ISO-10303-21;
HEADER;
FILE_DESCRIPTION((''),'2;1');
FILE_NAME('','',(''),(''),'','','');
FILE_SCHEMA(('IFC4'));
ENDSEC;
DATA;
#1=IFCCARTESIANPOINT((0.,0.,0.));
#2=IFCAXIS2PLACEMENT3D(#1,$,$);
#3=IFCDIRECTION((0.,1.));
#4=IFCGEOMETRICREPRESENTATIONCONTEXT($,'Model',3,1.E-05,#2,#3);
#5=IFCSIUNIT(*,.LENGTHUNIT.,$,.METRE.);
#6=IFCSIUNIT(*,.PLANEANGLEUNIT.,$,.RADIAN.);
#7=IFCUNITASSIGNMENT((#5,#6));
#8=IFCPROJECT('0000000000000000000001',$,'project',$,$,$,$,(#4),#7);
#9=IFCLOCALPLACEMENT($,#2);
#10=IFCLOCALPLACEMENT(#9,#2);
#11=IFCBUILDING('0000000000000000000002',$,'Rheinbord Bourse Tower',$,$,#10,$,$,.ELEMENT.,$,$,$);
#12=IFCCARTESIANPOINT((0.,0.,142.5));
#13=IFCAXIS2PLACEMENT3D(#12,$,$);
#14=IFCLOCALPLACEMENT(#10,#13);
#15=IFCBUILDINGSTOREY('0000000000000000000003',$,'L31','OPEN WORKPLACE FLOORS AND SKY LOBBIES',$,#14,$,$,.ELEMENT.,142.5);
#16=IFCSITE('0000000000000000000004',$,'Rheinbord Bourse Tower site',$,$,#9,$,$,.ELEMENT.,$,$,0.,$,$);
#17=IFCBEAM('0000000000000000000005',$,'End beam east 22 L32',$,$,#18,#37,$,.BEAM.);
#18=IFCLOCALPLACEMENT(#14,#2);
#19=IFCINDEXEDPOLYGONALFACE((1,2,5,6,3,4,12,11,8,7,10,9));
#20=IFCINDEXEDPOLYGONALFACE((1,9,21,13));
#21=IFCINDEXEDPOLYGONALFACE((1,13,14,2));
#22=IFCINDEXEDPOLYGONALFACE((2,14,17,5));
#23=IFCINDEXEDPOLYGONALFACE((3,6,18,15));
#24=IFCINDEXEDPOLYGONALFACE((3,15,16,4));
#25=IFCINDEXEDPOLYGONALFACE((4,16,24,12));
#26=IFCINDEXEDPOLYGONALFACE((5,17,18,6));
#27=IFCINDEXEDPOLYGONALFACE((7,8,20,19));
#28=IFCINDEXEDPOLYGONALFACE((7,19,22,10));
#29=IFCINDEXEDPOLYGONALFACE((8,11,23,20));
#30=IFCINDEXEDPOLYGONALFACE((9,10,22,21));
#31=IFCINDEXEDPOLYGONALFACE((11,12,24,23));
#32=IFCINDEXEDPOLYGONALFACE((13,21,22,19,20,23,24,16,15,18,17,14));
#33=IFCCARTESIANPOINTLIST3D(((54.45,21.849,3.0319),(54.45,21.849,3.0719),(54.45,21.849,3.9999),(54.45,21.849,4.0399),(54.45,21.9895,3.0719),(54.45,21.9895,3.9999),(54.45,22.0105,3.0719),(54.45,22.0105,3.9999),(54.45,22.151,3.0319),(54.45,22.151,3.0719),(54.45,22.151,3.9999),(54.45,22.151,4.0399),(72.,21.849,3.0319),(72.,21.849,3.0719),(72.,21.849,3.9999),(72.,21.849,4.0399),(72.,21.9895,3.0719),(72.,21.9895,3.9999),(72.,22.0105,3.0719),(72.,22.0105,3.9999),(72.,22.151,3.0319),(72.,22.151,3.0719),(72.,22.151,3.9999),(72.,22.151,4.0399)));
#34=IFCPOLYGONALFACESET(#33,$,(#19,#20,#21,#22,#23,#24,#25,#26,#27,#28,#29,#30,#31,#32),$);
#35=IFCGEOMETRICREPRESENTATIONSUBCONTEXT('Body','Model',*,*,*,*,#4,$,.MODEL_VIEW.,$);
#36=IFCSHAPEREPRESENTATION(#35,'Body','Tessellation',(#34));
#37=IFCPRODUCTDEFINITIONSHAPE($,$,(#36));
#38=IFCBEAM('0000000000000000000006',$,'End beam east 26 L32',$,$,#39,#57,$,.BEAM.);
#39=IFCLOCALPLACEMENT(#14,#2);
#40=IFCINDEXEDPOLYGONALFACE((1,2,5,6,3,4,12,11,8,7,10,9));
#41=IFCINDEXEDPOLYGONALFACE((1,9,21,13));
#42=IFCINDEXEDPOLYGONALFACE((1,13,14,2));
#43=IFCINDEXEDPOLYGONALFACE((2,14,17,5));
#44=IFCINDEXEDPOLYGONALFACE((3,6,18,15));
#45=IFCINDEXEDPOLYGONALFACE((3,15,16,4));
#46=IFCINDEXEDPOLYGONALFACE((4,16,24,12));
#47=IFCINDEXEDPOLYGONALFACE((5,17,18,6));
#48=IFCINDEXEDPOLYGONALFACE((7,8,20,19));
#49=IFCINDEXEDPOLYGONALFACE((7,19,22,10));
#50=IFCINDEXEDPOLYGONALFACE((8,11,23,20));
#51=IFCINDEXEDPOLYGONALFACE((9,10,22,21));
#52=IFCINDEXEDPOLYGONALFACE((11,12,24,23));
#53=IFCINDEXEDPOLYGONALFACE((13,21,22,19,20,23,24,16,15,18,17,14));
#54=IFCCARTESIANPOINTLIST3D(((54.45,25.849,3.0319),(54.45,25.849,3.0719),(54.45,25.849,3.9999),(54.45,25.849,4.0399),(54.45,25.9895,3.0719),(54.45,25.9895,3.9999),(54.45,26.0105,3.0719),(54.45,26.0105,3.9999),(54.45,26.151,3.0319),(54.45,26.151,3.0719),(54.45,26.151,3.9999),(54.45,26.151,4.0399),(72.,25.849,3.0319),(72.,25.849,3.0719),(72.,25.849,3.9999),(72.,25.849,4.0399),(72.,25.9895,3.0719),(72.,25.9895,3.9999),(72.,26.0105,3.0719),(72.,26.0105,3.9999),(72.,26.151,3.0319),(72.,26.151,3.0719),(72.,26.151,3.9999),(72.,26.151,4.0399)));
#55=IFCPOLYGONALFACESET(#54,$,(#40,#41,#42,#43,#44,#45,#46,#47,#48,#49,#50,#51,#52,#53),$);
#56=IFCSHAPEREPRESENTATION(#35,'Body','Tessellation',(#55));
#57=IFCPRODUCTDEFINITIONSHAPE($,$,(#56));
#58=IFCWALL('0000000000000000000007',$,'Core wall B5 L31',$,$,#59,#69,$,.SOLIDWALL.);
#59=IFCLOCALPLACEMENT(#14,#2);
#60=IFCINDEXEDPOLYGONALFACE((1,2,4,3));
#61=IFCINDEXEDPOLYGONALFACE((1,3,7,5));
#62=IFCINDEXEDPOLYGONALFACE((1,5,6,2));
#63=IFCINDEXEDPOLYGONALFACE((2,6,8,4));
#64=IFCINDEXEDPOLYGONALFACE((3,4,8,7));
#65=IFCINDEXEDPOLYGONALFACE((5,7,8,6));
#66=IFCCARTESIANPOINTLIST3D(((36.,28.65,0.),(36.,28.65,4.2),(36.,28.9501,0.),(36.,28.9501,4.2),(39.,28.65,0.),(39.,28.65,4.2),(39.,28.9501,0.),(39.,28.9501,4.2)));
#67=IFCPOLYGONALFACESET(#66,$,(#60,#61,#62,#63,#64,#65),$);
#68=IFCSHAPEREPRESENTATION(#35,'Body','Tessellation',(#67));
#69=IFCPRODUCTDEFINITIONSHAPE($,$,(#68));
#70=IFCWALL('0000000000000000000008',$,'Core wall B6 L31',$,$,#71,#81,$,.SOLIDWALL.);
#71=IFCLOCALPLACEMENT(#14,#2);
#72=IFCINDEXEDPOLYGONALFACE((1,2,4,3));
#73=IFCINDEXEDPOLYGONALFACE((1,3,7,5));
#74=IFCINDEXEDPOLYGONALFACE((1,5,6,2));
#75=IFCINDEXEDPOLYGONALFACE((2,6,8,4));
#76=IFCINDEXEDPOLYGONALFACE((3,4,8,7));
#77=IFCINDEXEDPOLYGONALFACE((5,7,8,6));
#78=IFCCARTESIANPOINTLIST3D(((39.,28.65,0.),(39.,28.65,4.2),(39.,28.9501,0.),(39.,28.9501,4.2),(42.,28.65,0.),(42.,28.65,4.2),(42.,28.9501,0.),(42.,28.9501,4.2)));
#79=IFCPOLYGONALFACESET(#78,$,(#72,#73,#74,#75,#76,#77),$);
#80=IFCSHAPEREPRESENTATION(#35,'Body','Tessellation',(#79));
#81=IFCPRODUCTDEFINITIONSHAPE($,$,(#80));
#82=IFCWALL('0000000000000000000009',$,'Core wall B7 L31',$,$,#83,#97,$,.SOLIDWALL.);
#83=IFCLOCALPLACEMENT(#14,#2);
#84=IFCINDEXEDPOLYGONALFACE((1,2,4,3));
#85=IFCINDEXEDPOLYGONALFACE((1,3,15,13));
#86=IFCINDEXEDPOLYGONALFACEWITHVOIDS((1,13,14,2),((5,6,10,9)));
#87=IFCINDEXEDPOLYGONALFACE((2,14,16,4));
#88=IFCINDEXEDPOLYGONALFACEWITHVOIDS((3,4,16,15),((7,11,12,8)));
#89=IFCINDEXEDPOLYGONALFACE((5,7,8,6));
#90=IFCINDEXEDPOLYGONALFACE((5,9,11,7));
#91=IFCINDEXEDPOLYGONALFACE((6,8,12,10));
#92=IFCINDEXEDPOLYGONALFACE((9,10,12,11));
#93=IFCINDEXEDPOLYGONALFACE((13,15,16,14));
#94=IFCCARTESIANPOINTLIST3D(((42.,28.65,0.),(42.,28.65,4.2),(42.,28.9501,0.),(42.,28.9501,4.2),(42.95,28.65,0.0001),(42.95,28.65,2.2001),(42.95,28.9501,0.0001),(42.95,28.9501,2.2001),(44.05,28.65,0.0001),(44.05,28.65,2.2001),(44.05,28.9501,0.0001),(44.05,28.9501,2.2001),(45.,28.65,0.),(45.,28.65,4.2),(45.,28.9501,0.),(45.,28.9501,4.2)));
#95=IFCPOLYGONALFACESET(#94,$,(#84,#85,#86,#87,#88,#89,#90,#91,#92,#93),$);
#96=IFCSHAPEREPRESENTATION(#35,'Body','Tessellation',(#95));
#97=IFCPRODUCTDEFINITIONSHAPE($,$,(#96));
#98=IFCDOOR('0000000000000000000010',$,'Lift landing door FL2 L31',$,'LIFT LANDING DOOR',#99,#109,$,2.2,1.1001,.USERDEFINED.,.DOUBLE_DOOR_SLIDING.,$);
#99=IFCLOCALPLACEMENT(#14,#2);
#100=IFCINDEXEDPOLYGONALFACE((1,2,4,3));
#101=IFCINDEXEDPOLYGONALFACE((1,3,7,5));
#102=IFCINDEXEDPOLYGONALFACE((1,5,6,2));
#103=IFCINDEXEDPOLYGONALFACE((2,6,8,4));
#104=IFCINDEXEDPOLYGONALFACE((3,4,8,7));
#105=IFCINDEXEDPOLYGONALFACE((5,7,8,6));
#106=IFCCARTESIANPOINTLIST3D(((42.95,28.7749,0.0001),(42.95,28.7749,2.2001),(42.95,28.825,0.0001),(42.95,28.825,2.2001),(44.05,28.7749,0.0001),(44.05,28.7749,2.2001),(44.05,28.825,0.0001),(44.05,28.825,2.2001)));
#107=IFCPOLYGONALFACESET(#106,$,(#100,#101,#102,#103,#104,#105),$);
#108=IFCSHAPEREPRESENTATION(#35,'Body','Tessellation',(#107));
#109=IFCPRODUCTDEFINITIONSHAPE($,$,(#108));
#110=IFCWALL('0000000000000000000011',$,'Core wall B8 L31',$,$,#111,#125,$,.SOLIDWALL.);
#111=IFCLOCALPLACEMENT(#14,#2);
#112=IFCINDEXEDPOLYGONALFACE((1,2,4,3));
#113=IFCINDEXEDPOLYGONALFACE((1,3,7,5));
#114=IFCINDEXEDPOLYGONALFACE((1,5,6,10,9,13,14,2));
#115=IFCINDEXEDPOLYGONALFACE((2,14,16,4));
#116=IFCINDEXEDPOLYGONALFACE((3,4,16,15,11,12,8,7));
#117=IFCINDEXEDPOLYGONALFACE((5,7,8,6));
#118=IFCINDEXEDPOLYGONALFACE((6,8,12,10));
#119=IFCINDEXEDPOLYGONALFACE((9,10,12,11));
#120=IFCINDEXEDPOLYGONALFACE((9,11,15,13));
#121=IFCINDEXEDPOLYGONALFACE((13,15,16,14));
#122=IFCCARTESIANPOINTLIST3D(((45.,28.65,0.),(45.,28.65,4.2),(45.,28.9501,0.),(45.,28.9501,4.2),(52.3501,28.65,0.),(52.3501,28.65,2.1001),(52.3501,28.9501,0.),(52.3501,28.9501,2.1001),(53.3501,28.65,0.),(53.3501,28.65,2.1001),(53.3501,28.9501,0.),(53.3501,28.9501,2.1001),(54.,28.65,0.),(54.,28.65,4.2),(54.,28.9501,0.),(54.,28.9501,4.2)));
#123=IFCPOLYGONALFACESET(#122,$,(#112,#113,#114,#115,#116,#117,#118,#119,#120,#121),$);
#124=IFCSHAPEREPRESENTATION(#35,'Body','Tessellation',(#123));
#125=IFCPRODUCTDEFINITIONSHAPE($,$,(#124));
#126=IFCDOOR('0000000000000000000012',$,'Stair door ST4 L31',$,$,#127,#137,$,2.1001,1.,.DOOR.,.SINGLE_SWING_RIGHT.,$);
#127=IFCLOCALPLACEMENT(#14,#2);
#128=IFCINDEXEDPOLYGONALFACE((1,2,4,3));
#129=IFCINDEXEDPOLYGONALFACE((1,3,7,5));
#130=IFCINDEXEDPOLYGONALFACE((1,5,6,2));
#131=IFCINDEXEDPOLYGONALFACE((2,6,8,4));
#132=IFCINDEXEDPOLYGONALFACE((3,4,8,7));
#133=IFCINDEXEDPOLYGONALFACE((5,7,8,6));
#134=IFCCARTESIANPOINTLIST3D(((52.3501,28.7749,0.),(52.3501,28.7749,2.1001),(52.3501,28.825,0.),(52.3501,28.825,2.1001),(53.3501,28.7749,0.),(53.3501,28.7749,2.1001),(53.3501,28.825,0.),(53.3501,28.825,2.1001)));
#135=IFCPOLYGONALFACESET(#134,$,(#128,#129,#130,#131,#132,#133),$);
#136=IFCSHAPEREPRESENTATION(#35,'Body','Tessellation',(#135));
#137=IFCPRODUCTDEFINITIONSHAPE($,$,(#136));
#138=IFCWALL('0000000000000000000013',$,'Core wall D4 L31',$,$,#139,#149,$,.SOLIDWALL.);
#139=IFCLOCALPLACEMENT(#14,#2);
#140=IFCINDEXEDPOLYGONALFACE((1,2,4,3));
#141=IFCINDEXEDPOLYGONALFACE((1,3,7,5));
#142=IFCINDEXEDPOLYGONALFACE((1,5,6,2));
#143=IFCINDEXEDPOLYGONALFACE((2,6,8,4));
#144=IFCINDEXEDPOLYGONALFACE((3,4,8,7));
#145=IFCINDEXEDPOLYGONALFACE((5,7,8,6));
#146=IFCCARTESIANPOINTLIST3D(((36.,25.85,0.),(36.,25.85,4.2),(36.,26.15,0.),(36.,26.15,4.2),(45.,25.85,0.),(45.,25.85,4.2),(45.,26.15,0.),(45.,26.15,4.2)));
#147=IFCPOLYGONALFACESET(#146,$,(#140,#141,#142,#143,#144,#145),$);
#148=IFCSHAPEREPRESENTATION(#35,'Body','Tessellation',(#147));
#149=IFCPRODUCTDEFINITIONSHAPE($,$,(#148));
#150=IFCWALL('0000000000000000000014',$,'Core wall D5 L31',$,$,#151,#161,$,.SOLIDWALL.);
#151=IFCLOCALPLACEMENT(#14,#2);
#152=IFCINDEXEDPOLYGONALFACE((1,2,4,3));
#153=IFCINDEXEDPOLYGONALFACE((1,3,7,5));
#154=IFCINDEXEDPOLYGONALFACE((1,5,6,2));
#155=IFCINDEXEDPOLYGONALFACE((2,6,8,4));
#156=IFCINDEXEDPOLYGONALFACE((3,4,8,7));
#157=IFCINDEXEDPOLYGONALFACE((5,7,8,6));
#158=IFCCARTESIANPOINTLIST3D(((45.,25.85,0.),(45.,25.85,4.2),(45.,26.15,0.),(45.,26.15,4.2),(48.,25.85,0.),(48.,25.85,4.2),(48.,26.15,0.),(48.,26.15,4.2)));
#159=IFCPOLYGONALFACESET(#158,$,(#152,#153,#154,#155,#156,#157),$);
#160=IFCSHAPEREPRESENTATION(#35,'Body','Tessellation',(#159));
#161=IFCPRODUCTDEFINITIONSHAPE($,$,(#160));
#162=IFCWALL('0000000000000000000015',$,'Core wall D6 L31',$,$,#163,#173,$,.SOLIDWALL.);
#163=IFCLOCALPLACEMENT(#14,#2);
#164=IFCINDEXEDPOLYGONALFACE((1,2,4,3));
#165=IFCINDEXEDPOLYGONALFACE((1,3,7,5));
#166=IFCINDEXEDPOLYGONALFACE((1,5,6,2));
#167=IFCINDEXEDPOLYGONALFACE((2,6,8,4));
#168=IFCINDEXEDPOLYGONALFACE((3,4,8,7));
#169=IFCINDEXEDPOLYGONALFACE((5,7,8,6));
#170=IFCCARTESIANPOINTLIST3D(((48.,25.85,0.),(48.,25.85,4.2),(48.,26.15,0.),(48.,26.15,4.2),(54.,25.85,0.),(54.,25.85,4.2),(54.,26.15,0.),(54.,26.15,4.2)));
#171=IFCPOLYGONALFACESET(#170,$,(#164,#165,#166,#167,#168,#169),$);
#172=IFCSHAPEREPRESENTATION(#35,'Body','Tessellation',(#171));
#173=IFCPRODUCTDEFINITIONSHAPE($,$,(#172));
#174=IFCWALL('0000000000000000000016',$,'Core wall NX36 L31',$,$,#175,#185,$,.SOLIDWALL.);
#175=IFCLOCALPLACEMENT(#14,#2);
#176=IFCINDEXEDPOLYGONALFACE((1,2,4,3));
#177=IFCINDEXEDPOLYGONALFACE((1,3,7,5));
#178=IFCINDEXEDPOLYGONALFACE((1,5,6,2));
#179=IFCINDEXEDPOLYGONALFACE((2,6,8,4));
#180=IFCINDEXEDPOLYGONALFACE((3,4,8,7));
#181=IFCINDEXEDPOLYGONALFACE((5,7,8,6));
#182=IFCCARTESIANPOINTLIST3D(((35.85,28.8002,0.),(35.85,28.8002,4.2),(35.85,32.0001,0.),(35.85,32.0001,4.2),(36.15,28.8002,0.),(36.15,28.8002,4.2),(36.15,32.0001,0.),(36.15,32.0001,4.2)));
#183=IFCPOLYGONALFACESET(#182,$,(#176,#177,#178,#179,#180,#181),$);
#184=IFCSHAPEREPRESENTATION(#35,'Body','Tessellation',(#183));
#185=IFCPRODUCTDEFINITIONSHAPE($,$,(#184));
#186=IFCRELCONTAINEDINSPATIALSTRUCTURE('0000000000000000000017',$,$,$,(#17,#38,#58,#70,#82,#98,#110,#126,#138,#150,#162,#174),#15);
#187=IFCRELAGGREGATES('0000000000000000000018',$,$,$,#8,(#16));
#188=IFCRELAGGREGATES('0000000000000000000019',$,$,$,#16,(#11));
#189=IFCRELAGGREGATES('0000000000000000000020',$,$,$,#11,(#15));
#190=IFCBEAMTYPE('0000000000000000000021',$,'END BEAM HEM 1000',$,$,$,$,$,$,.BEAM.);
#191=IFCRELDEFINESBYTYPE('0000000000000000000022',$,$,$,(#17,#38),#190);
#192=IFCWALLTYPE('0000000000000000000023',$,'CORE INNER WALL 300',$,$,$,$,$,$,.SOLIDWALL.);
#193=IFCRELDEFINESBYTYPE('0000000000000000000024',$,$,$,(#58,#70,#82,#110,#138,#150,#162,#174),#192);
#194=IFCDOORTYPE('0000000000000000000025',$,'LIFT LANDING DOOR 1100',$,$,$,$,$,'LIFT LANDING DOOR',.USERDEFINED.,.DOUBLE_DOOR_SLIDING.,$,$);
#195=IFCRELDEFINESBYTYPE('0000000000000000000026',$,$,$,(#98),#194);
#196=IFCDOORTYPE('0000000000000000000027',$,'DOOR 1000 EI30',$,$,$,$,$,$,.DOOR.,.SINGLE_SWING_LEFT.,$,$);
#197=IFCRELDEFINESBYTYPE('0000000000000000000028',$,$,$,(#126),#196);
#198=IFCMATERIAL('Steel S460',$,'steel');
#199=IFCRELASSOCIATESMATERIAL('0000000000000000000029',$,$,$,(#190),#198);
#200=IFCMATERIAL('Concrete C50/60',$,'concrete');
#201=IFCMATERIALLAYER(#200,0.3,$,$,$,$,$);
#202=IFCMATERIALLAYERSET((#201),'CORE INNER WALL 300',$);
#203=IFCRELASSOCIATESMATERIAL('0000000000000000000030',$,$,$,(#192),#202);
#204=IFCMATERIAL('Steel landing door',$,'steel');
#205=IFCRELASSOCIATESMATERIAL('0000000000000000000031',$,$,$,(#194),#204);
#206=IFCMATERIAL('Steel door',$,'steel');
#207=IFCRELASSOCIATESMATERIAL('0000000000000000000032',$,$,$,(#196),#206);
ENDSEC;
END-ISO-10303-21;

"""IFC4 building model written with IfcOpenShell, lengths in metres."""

from ifc_helpers import new_model, si_unit, direction, frame, frame_2d, origin, origin_2d, place, context, subcontext, project, spatial, rectangle, i_section, extrude, material, layer, layer_set, material_profile, profile_set, type_object, element, fill, save


model = new_model("IFC4")

# Units and contexts
model_context = context("Model", 3, precision=1e-05, world=origin(), true_north=direction((0.0, 1.0)))
body_context = subcontext(model_context, "Body", "Model", "MODEL_VIEW")
ifc_project = project(units=[si_unit("LENGTHUNIT", "METRE"), si_unit("PLANEANGLEUNIT", "RADIAN")], contexts=[model_context])

# Site, building, storey
site_placement = place(None, origin())
site = spatial("IfcSite", under=ifc_project, at=site_placement, Name="Rheinbord Bourse Tower site", CompositionType="ELEMENT", RefElevation=0.0)
building_placement = place(site_placement, origin())
building = spatial("IfcBuilding", under=site, at=building_placement, Name="Rheinbord Bourse Tower", CompositionType="ELEMENT")
storey_placement = place(building_placement, frame((0.0, 0.0, 142.5)))
storey = spatial("IfcBuildingStorey", under=building, at=storey_placement, Name="L31", Description="OPEN WORKPLACE FLOORS AND SKY LOBBIES", CompositionType="ELEMENT", Elevation=142.5)

# Beams
ifc_material_1 = material(Name="Steel S460", Category="steel")
ifc_material_profile = material_profile(ifc_material_1, i_section(OverallWidth=0.302, OverallDepth=1.0081, WebThickness=0.021, FlangeThickness=0.04, at=origin_2d()), Name="HEM 1000")
ifc_profile_set = profile_set([ifc_material_profile], Name="Steel S460")
beam_type = type_object("IfcBeamType", Name="END BEAM HEM 1000", PredefinedType="BEAM", material=ifc_profile_set)
for number, where, z_axis, x_axis, name in (
    (1, (54.45, 22.0, 3.5359), (1.0, 0.0, 0.0), (0.0, 1.0, 0.0), "End beam east 22 L32"),
    (2, (54.45, 26.0, 3.5359), (1.0, 0.0, 0.0), (0.0, 1.0, 0.0), "End beam east 26 L32"),
):
    element("IfcBeam", number, at=place(storey_placement, frame(where, z_axis=z_axis, x_axis=x_axis)), inside=storey, type_object=beam_type, Name=name, PredefinedType="BEAM", context=body_context, shape_type="SweptSolid", body=[
        extrude(i_section(OverallWidth=0.302, OverallDepth=1.0081, WebThickness=0.021, FlangeThickness=0.04, at=origin_2d()), origin(), (0.0, 0.0, 1.0), 17.55),
    ])

# Walls
ifc_material_2 = material(Name="Concrete C50/60", Category="concrete")
ifc_layer_1 = layer(ifc_material_2, 0.3)
ifc_layer_set_1 = layer_set([ifc_layer_1], Name="CORE INNER WALL 300")
wall_type_1 = type_object("IfcWallType", Name="CORE INNER WALL 300", PredefinedType="SOLIDWALL", material=ifc_layer_set_1)
for number, where, z_axis, x_axis, name in (
    (3, (36.0, 28.8, 0.0), (0.0, 0.0, 1.0), (1.0, 0.0, 0.0), "Core wall B5 L31"),
    (4, (39.0, 28.8, 0.0), (0.0, 0.0, 1.0), (1.0, 0.0, 0.0), "Core wall B6 L31"),
):
    element("IfcWall", number, at=place(storey_placement, frame(where, z_axis=z_axis, x_axis=x_axis)), inside=storey, type_object=wall_type_1, Name=name, PredefinedType="SOLIDWALL", context=body_context, shape_type="SweptSolid", body=[
        extrude(rectangle(XDim=3.0, YDim=0.3, at=frame_2d((1.5, 0.0))), origin(), (0.0, 0.0, 1.0), 4.2),
    ])

# Walls, openings, doors
wall_1_placement = place(storey_placement, frame((42.0, 28.8, 0.0), z_axis=(0.0, 0.0, 1.0), x_axis=(1.0, 0.0, 0.0)))
wall_1 = element("IfcWall", 5, at=wall_1_placement, inside=storey, type_object=wall_type_1, Name="Core wall B7 L31", PredefinedType="SOLIDWALL", context=body_context, shape_type="SweptSolid", body=[
    extrude(rectangle(XDim=3.0, YDim=0.3, at=frame_2d((1.5, 0.0))), origin(), (0.0, 0.0, 1.0), 4.2),
])
opening_1_placement = place(wall_1_placement, frame((0.95, 0.0, 0.0)))
opening_1 = element("IfcOpeningElement", 6, at=opening_1_placement, cuts=wall_1, PredefinedType="OPENING", context=body_context, shape_type="SweptSolid", body=[
    extrude(rectangle(XDim=1.1001, YDim=2.2, at=frame_2d((0.55, 1.1001))), frame((0.0, 0.1599, 0.0), z_axis=(0.0, -1.0, 0.0), x_axis=(1.0, 0.0, 0.0)), (0.0, 0.0, 1.0), 0.3201),
])
ifc_material_3 = material(Name="Steel landing door", Category="steel")
door_type_1 = type_object("IfcDoorType", Name="LIFT LANDING DOOR 1100", ElementType="LIFT LANDING DOOR", OperationType="DOUBLE_DOOR_SLIDING", PredefinedType="USERDEFINED", material=ifc_material_3)
door_1_placement = place(opening_1_placement, origin())
door_1 = element("IfcDoor", 7, at=door_1_placement, inside=storey, type_object=door_type_1, Name="Lift landing door FL2 L31", ObjectType="LIFT LANDING DOOR", OperationType="DOUBLE_DOOR_SLIDING", OverallHeight=2.2, OverallWidth=1.1001, PredefinedType="USERDEFINED", context=body_context, shape_type="SweptSolid", body=[
    extrude(rectangle(XDim=1.1001, YDim=2.2, at=frame_2d((0.55, 1.1001))), frame((0.0, 0.0249, 0.0), z_axis=(0.0, -1.0, 0.0), x_axis=(1.0, 0.0, 0.0)), (0.0, 0.0, 1.0), 0.05),
])
fill(opening_1, door_1)
wall_2_placement = place(storey_placement, frame((45.0, 28.8, 0.0), z_axis=(0.0, 0.0, 1.0), x_axis=(1.0, 0.0, 0.0)))
wall_2 = element("IfcWall", 8, at=wall_2_placement, inside=storey, type_object=wall_type_1, Name="Core wall B8 L31", PredefinedType="SOLIDWALL", context=body_context, shape_type="SweptSolid", body=[
    extrude(rectangle(XDim=9.0, YDim=0.3, at=frame_2d((4.5, 0.0))), origin(), (0.0, 0.0, 1.0), 4.2),
])
opening_2_placement = place(wall_2_placement, frame((7.3501, 0.0, 0.0)))
opening_2 = element("IfcOpeningElement", 9, at=opening_2_placement, cuts=wall_2, PredefinedType="OPENING", context=body_context, shape_type="SweptSolid", body=[
    extrude(rectangle(XDim=1.0, YDim=2.1001, at=frame_2d((0.5, 1.05))), frame((0.0, 0.1599, 0.0), z_axis=(0.0, -1.0, 0.0), x_axis=(1.0, 0.0, 0.0)), (0.0, 0.0, 1.0), 0.3201),
])
ifc_material_4 = material(Name="Steel door", Category="steel")
door_type_2 = type_object("IfcDoorType", Name="DOOR 1000 EI30", OperationType="SINGLE_SWING_LEFT", PredefinedType="DOOR", material=ifc_material_4)
door_2_placement = place(opening_2_placement, origin())
door_2 = element("IfcDoor", 10, at=door_2_placement, inside=storey, type_object=door_type_2, Name="Stair door ST4 L31", OperationType="SINGLE_SWING_RIGHT", OverallHeight=2.1001, OverallWidth=1.0, PredefinedType="DOOR", context=body_context, shape_type="SweptSolid", body=[
    extrude(rectangle(XDim=1.0, YDim=2.1001, at=frame_2d((0.5, 1.05))), frame((0.0, 0.0249, 0.0), z_axis=(0.0, -1.0, 0.0), x_axis=(1.0, 0.0, 0.0)), (0.0, 0.0, 1.0), 0.05),
])
fill(opening_2, door_2)

# Walls
wall_3_placement = place(storey_placement, frame((36.0, 26.0, 0.0), z_axis=(0.0, 0.0, 1.0), x_axis=(1.0, 0.0, 0.0)))
element("IfcWall", 11, at=wall_3_placement, inside=storey, type_object=wall_type_1, Name="Core wall D4 L31", PredefinedType="SOLIDWALL", context=body_context, shape_type="SweptSolid", body=[
    extrude(rectangle(XDim=9.0, YDim=0.3, at=frame_2d((4.5, 0.0))), origin(), (0.0, 0.0, 1.0), 4.2),
])
wall_4_placement = place(storey_placement, frame((45.0, 26.0, 0.0), z_axis=(0.0, 0.0, 1.0), x_axis=(1.0, 0.0, 0.0)))
element("IfcWall", 12, at=wall_4_placement, inside=storey, type_object=wall_type_1, Name="Core wall D5 L31", PredefinedType="SOLIDWALL", context=body_context, shape_type="SweptSolid", body=[
    extrude(rectangle(XDim=3.0, YDim=0.3, at=frame_2d((1.5, 0.0))), origin(), (0.0, 0.0, 1.0), 4.2),
])
wall_5_placement = place(storey_placement, frame((48.0, 26.0, 0.0), z_axis=(0.0, 0.0, 1.0), x_axis=(1.0, 0.0, 0.0)))
element("IfcWall", 13, at=wall_5_placement, inside=storey, type_object=wall_type_1, Name="Core wall D6 L31", PredefinedType="SOLIDWALL", context=body_context, shape_type="SweptSolid", body=[
    extrude(rectangle(XDim=6.0, YDim=0.3, at=frame_2d((3.0, 0.0))), origin(), (0.0, 0.0, 1.0), 4.2),
])
for number, where, z_axis, x_axis, name in (
    (14, (36.0, 28.8, 0.0), (0.0, 0.0, 1.0), (0.0, 1.0, 0.0), "Core wall NX36 L31"),
):
    element("IfcWall", number, at=place(storey_placement, frame(where, z_axis=z_axis, x_axis=x_axis)), inside=storey, type_object=wall_type_1, Name=name, PredefinedType="SOLIDWALL", context=body_context, shape_type="SweptSolid", body=[
        extrude(rectangle(XDim=3.2, YDim=0.3, at=frame_2d((1.6001, 0.0))), origin(), (0.0, 0.0, 1.0), 4.2),
    ])

save(model, "model.ifc")
